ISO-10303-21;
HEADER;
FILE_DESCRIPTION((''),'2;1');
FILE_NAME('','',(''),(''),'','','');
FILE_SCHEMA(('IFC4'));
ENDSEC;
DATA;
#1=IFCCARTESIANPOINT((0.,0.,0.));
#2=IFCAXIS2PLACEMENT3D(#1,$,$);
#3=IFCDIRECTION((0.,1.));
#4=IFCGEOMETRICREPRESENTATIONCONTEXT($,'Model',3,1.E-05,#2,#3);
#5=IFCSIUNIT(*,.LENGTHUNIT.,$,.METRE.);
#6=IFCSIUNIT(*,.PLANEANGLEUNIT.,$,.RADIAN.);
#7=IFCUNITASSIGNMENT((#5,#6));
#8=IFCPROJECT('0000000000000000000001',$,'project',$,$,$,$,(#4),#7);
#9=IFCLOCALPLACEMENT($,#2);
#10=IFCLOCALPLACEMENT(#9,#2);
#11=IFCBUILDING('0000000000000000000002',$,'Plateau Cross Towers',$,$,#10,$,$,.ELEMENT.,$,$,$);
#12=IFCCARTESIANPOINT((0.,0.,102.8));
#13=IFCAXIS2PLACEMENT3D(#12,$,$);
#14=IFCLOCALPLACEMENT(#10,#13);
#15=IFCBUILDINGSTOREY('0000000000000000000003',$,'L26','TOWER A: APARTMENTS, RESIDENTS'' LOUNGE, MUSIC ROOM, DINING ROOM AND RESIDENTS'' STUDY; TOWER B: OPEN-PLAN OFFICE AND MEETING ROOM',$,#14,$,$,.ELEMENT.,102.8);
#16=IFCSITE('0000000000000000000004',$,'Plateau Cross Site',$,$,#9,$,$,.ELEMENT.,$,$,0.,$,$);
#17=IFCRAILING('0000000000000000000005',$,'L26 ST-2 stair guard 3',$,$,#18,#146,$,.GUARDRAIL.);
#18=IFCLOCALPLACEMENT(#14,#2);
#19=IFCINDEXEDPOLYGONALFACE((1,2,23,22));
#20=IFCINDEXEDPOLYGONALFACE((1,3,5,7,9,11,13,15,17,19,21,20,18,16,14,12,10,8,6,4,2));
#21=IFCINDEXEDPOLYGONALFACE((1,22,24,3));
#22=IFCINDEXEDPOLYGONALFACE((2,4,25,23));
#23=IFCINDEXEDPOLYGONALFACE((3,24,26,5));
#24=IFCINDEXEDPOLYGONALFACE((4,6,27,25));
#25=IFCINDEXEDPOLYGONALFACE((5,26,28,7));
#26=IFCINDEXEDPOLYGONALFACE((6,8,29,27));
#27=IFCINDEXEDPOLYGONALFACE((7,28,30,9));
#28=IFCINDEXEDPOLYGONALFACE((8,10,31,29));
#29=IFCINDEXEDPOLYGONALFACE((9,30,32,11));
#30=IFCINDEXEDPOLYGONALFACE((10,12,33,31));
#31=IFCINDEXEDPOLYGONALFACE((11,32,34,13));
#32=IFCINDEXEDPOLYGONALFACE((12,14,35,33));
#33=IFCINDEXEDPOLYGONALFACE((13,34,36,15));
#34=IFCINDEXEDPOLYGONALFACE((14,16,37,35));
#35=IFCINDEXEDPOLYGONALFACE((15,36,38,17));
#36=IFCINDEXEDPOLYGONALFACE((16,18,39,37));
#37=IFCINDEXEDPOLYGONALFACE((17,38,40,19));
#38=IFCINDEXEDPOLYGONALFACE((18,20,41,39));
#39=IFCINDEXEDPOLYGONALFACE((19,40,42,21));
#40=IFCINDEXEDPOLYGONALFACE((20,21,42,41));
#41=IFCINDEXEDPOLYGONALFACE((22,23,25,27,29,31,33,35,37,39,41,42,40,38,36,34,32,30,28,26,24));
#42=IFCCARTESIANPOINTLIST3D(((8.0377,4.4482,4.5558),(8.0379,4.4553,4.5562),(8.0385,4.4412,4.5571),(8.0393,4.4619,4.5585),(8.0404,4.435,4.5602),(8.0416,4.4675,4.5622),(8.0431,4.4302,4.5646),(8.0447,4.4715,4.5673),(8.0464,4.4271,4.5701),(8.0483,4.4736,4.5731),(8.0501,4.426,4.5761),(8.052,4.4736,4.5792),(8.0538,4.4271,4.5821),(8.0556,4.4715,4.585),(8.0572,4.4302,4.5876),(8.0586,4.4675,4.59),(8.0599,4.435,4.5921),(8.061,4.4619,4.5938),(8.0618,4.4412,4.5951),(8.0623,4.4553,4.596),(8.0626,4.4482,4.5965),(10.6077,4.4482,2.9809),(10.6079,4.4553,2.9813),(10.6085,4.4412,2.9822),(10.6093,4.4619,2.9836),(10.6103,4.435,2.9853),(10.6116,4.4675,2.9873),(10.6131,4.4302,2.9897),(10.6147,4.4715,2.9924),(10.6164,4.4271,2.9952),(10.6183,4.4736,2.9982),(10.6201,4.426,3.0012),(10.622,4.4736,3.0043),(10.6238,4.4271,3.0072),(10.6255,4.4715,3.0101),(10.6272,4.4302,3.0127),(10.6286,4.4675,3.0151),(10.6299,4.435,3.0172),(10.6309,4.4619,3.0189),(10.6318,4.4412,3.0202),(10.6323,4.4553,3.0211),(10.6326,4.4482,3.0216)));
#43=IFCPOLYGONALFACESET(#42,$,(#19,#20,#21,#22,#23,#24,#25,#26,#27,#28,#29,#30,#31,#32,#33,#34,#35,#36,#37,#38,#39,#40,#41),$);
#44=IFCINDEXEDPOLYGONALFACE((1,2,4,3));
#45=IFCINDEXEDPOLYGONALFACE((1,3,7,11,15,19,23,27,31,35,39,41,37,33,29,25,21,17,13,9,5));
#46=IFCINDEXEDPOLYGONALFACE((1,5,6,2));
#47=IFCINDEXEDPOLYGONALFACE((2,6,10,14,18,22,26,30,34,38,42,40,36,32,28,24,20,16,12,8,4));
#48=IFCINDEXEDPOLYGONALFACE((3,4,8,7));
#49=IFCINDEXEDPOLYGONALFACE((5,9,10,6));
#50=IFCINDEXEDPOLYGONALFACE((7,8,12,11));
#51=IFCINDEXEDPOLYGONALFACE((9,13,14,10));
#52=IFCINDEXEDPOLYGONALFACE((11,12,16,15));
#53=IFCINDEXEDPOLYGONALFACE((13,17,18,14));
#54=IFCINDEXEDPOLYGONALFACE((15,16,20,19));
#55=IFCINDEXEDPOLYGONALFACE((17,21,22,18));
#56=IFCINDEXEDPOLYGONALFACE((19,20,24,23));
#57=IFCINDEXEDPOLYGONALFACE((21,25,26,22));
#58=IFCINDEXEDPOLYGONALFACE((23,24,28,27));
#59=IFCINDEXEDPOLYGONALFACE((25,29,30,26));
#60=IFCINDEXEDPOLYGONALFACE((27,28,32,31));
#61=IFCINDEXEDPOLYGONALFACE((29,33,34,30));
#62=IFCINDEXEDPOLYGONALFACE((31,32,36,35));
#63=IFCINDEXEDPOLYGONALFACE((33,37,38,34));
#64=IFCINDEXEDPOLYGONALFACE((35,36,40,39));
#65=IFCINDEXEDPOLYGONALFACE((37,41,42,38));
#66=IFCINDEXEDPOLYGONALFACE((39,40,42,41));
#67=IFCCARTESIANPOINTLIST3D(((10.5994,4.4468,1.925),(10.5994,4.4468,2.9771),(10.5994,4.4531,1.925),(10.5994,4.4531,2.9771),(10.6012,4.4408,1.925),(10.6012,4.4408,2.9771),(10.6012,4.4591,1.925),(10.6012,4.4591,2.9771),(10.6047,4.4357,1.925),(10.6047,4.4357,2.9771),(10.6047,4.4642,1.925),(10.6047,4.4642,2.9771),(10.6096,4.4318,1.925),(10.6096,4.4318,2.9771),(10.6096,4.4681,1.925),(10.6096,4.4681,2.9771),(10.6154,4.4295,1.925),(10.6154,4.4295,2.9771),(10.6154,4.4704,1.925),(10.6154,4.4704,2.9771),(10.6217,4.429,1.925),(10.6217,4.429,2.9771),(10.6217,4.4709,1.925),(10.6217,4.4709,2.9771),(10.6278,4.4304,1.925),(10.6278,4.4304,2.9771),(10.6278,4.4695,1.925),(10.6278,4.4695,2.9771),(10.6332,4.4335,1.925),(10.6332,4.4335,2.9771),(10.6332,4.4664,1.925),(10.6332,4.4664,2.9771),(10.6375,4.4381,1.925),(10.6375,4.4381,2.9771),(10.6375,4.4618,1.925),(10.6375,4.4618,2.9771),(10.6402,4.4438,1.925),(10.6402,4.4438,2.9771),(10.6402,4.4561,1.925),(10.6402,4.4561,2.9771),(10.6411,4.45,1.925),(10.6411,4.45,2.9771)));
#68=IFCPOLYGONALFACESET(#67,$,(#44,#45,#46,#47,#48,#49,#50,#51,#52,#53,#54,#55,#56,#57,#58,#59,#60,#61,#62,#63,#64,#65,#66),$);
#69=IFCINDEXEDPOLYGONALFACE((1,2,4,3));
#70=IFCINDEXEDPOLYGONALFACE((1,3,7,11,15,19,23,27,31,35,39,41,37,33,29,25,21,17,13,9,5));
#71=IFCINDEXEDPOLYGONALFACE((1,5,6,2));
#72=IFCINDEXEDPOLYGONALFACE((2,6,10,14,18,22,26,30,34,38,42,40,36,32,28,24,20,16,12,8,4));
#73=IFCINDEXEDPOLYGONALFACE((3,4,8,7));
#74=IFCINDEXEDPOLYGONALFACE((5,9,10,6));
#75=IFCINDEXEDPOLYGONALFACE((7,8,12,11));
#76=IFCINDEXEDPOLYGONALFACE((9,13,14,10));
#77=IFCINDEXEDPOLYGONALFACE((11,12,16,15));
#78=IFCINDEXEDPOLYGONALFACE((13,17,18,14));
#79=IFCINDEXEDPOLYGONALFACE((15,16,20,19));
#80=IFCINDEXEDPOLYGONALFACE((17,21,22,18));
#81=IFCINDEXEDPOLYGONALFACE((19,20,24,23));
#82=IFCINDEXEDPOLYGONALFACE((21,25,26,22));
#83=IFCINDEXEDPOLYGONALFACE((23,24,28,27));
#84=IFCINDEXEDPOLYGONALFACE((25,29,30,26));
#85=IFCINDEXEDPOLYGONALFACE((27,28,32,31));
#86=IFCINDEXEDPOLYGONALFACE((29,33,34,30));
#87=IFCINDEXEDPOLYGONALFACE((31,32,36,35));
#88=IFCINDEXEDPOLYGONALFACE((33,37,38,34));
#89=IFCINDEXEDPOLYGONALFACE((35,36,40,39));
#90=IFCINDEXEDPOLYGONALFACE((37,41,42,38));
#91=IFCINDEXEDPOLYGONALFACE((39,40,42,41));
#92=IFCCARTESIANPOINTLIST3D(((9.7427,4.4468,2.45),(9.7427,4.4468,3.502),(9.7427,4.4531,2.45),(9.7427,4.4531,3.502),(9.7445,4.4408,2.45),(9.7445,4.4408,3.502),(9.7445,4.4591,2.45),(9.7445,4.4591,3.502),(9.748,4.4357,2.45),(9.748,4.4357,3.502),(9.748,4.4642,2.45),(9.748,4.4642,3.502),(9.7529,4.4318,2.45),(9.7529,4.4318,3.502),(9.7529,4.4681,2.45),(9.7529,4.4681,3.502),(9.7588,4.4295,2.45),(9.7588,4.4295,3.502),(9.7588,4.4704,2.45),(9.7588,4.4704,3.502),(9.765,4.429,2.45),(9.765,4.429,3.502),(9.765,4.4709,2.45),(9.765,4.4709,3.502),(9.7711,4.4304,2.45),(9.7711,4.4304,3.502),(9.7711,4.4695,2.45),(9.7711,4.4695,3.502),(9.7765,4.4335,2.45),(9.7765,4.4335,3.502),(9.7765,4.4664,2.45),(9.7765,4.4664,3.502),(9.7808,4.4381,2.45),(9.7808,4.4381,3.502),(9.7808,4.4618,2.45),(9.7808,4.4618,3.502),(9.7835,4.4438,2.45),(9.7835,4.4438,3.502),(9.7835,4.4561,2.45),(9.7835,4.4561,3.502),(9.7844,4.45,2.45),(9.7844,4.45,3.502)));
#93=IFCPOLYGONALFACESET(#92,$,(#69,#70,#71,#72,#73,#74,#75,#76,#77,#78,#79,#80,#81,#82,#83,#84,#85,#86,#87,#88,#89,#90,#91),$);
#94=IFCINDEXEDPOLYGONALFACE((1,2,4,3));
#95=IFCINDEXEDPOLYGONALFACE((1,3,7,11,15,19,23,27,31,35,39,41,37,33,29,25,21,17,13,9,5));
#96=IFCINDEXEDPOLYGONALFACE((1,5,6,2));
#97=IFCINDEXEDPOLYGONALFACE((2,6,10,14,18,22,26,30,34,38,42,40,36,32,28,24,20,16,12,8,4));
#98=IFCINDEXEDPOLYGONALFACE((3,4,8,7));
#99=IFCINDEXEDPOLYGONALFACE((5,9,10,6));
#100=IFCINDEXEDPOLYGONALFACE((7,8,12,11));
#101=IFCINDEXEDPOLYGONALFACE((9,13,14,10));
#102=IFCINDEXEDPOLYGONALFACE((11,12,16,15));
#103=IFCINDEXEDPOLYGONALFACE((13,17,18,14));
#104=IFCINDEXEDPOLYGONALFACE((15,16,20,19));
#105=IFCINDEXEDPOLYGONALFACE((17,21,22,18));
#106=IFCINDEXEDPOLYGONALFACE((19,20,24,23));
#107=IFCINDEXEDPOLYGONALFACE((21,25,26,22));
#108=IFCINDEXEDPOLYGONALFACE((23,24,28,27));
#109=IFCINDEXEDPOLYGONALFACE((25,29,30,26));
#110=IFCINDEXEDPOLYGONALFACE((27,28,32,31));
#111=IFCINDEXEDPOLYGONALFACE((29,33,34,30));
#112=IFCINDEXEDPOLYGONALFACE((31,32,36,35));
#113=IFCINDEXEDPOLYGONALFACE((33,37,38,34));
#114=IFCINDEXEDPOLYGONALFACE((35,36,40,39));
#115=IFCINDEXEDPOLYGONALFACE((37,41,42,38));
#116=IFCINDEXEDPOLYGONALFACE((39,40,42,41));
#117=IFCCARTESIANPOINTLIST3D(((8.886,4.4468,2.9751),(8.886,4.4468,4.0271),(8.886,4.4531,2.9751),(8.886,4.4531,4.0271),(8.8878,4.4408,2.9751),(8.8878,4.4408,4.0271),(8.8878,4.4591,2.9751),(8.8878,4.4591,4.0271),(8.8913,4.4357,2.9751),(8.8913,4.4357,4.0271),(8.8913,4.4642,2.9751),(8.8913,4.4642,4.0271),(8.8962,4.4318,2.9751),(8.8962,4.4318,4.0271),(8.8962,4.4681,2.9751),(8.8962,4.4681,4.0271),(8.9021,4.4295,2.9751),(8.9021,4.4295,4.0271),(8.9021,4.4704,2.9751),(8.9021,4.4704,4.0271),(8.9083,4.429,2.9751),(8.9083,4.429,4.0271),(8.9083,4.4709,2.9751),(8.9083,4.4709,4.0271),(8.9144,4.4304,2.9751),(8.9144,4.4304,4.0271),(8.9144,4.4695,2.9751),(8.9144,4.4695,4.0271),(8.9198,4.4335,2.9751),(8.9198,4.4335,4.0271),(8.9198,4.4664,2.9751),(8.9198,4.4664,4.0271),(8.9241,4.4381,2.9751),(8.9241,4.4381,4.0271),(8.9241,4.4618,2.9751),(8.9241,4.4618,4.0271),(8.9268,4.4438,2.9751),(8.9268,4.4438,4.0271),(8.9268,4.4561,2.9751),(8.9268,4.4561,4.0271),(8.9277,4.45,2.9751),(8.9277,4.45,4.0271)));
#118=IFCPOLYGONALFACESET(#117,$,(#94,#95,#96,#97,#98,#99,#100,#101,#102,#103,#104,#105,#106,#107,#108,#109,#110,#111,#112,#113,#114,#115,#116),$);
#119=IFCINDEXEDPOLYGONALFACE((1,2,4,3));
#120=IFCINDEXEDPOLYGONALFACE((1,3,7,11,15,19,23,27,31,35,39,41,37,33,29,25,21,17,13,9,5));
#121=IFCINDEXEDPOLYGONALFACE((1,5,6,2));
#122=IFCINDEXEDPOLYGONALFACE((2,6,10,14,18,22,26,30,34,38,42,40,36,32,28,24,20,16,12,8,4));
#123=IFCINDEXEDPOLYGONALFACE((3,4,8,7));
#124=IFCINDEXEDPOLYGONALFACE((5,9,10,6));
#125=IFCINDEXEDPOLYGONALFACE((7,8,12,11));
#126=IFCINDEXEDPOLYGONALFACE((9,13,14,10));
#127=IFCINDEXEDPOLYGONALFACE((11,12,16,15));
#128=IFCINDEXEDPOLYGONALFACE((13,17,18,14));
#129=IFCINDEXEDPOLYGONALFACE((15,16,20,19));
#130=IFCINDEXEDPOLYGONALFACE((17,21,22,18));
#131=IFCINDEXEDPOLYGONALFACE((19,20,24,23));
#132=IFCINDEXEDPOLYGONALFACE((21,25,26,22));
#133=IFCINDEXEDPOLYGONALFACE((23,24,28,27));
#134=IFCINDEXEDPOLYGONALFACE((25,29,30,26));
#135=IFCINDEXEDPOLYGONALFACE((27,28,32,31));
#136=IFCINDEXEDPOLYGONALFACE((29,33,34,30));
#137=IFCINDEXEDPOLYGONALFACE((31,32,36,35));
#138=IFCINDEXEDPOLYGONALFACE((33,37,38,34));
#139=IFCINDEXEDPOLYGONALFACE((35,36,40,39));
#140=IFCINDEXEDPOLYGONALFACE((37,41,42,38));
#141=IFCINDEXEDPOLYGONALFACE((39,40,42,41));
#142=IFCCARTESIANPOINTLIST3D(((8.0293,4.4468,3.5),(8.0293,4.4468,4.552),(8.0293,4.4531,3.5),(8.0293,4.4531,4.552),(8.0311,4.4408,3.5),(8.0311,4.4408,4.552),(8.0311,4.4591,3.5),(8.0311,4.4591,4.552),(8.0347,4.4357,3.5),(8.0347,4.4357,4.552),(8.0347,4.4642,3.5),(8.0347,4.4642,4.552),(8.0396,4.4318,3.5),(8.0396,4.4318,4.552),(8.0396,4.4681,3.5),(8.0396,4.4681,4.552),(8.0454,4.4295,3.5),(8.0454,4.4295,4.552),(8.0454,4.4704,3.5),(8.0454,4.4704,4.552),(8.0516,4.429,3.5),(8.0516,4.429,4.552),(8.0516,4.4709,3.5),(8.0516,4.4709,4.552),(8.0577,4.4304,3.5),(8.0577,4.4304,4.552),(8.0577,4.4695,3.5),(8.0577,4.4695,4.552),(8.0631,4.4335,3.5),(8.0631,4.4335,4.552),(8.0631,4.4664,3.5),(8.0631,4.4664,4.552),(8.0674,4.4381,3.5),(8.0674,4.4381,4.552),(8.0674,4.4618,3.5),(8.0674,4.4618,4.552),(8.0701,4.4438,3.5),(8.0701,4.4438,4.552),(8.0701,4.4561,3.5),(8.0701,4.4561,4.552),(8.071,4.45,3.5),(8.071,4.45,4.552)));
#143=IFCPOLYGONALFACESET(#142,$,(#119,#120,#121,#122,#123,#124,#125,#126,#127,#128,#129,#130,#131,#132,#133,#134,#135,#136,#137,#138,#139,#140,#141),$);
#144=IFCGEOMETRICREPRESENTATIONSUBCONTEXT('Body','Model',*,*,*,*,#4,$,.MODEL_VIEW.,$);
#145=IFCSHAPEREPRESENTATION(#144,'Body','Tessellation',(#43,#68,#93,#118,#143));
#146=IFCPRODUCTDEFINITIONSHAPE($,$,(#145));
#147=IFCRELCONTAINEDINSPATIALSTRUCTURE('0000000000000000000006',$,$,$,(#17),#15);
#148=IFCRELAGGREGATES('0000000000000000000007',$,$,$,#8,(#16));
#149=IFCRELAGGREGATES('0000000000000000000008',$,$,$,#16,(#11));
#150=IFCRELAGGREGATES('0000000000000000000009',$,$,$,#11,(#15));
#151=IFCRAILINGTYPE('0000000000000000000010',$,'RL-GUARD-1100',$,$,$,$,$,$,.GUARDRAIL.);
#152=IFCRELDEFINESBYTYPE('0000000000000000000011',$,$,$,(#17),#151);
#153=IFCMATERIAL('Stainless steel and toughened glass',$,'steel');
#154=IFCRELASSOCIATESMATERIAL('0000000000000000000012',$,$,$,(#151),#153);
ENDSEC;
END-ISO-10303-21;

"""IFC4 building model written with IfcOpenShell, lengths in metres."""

from ifc_helpers import new_model, si_unit, direction, frame, origin, origin_2d, place, context, subcontext, project, spatial, circle, extrude, material, type_object, element, save


model = new_model("IFC4")

# Units and contexts
model_context = context("Model", 3, precision=1e-05, world=origin(), true_north=direction((0.0, 1.0)))
body_context = subcontext(model_context, "Body", "Model", "MODEL_VIEW")
ifc_project = project(units=[si_unit("LENGTHUNIT", "METRE"), si_unit("PLANEANGLEUNIT", "RADIAN")], contexts=[model_context])

# Site, building, storey
site_placement = place(None, origin())
site = spatial("IfcSite", under=ifc_project, at=site_placement, Name="Plateau Cross Site", CompositionType="ELEMENT", RefElevation=0.0)
building_placement = place(site_placement, origin())
building = spatial("IfcBuilding", under=site, at=building_placement, Name="Plateau Cross Towers", CompositionType="ELEMENT")
storey_placement = place(building_placement, frame((0.0, 0.0, 102.8)))
storey = spatial("IfcBuildingStorey", under=building, at=storey_placement, Name="L26", Description="TOWER A: APARTMENTS, RESIDENTS' LOUNGE, MUSIC ROOM, DINING ROOM AND RESIDENTS' STUDY; TOWER B: OPEN-PLAN OFFICE AND MEETING ROOM", CompositionType="ELEMENT", Elevation=102.8)

# Railing
ifc_material_1 = material(Name="Stainless steel and toughened glass", Category="steel")
railing_type_1 = type_object("IfcRailingType", Name="RL-GUARD-1100", PredefinedType="GUARDRAIL", material=ifc_material_1)
railing_1_placement = place(storey_placement, frame((10.6201, 4.45, 1.925)))
element("IfcRailing", 1, at=railing_1_placement, inside=storey, type_object=railing_type_1, Name="L26 ST-2 stair guard 3", PredefinedType="GUARDRAIL", context=body_context, shape_type="SweptSolid", body=[
    extrude(circle(Radius=0.0239, at=origin_2d()), frame((0.0, 0.0, 1.0762), z_axis=(-0.852639, 0.0, 0.522501), x_axis=(0.0, -1.0, 0.0)), (0.0, 0.0, 1.0), 3.0142),
    extrude(circle(Radius=0.021, at=origin_2d()), origin(), (0.0, 0.0, 1.0), 1.052),
    extrude(circle(Radius=0.021, at=origin_2d()), frame((-0.8567, 0.0, 0.5249)), (0.0, 0.0, 1.0), 1.052),
    extrude(circle(Radius=0.021, at=origin_2d()), frame((-1.7134, 0.0, 1.05)), (0.0, 0.0, 1.0), 1.052),
    extrude(circle(Radius=0.021, at=origin_2d()), frame((-2.5701, 0.0, 1.575)), (0.0, 0.0, 1.0), 1.052),
])

save(model, "model.ifc")
